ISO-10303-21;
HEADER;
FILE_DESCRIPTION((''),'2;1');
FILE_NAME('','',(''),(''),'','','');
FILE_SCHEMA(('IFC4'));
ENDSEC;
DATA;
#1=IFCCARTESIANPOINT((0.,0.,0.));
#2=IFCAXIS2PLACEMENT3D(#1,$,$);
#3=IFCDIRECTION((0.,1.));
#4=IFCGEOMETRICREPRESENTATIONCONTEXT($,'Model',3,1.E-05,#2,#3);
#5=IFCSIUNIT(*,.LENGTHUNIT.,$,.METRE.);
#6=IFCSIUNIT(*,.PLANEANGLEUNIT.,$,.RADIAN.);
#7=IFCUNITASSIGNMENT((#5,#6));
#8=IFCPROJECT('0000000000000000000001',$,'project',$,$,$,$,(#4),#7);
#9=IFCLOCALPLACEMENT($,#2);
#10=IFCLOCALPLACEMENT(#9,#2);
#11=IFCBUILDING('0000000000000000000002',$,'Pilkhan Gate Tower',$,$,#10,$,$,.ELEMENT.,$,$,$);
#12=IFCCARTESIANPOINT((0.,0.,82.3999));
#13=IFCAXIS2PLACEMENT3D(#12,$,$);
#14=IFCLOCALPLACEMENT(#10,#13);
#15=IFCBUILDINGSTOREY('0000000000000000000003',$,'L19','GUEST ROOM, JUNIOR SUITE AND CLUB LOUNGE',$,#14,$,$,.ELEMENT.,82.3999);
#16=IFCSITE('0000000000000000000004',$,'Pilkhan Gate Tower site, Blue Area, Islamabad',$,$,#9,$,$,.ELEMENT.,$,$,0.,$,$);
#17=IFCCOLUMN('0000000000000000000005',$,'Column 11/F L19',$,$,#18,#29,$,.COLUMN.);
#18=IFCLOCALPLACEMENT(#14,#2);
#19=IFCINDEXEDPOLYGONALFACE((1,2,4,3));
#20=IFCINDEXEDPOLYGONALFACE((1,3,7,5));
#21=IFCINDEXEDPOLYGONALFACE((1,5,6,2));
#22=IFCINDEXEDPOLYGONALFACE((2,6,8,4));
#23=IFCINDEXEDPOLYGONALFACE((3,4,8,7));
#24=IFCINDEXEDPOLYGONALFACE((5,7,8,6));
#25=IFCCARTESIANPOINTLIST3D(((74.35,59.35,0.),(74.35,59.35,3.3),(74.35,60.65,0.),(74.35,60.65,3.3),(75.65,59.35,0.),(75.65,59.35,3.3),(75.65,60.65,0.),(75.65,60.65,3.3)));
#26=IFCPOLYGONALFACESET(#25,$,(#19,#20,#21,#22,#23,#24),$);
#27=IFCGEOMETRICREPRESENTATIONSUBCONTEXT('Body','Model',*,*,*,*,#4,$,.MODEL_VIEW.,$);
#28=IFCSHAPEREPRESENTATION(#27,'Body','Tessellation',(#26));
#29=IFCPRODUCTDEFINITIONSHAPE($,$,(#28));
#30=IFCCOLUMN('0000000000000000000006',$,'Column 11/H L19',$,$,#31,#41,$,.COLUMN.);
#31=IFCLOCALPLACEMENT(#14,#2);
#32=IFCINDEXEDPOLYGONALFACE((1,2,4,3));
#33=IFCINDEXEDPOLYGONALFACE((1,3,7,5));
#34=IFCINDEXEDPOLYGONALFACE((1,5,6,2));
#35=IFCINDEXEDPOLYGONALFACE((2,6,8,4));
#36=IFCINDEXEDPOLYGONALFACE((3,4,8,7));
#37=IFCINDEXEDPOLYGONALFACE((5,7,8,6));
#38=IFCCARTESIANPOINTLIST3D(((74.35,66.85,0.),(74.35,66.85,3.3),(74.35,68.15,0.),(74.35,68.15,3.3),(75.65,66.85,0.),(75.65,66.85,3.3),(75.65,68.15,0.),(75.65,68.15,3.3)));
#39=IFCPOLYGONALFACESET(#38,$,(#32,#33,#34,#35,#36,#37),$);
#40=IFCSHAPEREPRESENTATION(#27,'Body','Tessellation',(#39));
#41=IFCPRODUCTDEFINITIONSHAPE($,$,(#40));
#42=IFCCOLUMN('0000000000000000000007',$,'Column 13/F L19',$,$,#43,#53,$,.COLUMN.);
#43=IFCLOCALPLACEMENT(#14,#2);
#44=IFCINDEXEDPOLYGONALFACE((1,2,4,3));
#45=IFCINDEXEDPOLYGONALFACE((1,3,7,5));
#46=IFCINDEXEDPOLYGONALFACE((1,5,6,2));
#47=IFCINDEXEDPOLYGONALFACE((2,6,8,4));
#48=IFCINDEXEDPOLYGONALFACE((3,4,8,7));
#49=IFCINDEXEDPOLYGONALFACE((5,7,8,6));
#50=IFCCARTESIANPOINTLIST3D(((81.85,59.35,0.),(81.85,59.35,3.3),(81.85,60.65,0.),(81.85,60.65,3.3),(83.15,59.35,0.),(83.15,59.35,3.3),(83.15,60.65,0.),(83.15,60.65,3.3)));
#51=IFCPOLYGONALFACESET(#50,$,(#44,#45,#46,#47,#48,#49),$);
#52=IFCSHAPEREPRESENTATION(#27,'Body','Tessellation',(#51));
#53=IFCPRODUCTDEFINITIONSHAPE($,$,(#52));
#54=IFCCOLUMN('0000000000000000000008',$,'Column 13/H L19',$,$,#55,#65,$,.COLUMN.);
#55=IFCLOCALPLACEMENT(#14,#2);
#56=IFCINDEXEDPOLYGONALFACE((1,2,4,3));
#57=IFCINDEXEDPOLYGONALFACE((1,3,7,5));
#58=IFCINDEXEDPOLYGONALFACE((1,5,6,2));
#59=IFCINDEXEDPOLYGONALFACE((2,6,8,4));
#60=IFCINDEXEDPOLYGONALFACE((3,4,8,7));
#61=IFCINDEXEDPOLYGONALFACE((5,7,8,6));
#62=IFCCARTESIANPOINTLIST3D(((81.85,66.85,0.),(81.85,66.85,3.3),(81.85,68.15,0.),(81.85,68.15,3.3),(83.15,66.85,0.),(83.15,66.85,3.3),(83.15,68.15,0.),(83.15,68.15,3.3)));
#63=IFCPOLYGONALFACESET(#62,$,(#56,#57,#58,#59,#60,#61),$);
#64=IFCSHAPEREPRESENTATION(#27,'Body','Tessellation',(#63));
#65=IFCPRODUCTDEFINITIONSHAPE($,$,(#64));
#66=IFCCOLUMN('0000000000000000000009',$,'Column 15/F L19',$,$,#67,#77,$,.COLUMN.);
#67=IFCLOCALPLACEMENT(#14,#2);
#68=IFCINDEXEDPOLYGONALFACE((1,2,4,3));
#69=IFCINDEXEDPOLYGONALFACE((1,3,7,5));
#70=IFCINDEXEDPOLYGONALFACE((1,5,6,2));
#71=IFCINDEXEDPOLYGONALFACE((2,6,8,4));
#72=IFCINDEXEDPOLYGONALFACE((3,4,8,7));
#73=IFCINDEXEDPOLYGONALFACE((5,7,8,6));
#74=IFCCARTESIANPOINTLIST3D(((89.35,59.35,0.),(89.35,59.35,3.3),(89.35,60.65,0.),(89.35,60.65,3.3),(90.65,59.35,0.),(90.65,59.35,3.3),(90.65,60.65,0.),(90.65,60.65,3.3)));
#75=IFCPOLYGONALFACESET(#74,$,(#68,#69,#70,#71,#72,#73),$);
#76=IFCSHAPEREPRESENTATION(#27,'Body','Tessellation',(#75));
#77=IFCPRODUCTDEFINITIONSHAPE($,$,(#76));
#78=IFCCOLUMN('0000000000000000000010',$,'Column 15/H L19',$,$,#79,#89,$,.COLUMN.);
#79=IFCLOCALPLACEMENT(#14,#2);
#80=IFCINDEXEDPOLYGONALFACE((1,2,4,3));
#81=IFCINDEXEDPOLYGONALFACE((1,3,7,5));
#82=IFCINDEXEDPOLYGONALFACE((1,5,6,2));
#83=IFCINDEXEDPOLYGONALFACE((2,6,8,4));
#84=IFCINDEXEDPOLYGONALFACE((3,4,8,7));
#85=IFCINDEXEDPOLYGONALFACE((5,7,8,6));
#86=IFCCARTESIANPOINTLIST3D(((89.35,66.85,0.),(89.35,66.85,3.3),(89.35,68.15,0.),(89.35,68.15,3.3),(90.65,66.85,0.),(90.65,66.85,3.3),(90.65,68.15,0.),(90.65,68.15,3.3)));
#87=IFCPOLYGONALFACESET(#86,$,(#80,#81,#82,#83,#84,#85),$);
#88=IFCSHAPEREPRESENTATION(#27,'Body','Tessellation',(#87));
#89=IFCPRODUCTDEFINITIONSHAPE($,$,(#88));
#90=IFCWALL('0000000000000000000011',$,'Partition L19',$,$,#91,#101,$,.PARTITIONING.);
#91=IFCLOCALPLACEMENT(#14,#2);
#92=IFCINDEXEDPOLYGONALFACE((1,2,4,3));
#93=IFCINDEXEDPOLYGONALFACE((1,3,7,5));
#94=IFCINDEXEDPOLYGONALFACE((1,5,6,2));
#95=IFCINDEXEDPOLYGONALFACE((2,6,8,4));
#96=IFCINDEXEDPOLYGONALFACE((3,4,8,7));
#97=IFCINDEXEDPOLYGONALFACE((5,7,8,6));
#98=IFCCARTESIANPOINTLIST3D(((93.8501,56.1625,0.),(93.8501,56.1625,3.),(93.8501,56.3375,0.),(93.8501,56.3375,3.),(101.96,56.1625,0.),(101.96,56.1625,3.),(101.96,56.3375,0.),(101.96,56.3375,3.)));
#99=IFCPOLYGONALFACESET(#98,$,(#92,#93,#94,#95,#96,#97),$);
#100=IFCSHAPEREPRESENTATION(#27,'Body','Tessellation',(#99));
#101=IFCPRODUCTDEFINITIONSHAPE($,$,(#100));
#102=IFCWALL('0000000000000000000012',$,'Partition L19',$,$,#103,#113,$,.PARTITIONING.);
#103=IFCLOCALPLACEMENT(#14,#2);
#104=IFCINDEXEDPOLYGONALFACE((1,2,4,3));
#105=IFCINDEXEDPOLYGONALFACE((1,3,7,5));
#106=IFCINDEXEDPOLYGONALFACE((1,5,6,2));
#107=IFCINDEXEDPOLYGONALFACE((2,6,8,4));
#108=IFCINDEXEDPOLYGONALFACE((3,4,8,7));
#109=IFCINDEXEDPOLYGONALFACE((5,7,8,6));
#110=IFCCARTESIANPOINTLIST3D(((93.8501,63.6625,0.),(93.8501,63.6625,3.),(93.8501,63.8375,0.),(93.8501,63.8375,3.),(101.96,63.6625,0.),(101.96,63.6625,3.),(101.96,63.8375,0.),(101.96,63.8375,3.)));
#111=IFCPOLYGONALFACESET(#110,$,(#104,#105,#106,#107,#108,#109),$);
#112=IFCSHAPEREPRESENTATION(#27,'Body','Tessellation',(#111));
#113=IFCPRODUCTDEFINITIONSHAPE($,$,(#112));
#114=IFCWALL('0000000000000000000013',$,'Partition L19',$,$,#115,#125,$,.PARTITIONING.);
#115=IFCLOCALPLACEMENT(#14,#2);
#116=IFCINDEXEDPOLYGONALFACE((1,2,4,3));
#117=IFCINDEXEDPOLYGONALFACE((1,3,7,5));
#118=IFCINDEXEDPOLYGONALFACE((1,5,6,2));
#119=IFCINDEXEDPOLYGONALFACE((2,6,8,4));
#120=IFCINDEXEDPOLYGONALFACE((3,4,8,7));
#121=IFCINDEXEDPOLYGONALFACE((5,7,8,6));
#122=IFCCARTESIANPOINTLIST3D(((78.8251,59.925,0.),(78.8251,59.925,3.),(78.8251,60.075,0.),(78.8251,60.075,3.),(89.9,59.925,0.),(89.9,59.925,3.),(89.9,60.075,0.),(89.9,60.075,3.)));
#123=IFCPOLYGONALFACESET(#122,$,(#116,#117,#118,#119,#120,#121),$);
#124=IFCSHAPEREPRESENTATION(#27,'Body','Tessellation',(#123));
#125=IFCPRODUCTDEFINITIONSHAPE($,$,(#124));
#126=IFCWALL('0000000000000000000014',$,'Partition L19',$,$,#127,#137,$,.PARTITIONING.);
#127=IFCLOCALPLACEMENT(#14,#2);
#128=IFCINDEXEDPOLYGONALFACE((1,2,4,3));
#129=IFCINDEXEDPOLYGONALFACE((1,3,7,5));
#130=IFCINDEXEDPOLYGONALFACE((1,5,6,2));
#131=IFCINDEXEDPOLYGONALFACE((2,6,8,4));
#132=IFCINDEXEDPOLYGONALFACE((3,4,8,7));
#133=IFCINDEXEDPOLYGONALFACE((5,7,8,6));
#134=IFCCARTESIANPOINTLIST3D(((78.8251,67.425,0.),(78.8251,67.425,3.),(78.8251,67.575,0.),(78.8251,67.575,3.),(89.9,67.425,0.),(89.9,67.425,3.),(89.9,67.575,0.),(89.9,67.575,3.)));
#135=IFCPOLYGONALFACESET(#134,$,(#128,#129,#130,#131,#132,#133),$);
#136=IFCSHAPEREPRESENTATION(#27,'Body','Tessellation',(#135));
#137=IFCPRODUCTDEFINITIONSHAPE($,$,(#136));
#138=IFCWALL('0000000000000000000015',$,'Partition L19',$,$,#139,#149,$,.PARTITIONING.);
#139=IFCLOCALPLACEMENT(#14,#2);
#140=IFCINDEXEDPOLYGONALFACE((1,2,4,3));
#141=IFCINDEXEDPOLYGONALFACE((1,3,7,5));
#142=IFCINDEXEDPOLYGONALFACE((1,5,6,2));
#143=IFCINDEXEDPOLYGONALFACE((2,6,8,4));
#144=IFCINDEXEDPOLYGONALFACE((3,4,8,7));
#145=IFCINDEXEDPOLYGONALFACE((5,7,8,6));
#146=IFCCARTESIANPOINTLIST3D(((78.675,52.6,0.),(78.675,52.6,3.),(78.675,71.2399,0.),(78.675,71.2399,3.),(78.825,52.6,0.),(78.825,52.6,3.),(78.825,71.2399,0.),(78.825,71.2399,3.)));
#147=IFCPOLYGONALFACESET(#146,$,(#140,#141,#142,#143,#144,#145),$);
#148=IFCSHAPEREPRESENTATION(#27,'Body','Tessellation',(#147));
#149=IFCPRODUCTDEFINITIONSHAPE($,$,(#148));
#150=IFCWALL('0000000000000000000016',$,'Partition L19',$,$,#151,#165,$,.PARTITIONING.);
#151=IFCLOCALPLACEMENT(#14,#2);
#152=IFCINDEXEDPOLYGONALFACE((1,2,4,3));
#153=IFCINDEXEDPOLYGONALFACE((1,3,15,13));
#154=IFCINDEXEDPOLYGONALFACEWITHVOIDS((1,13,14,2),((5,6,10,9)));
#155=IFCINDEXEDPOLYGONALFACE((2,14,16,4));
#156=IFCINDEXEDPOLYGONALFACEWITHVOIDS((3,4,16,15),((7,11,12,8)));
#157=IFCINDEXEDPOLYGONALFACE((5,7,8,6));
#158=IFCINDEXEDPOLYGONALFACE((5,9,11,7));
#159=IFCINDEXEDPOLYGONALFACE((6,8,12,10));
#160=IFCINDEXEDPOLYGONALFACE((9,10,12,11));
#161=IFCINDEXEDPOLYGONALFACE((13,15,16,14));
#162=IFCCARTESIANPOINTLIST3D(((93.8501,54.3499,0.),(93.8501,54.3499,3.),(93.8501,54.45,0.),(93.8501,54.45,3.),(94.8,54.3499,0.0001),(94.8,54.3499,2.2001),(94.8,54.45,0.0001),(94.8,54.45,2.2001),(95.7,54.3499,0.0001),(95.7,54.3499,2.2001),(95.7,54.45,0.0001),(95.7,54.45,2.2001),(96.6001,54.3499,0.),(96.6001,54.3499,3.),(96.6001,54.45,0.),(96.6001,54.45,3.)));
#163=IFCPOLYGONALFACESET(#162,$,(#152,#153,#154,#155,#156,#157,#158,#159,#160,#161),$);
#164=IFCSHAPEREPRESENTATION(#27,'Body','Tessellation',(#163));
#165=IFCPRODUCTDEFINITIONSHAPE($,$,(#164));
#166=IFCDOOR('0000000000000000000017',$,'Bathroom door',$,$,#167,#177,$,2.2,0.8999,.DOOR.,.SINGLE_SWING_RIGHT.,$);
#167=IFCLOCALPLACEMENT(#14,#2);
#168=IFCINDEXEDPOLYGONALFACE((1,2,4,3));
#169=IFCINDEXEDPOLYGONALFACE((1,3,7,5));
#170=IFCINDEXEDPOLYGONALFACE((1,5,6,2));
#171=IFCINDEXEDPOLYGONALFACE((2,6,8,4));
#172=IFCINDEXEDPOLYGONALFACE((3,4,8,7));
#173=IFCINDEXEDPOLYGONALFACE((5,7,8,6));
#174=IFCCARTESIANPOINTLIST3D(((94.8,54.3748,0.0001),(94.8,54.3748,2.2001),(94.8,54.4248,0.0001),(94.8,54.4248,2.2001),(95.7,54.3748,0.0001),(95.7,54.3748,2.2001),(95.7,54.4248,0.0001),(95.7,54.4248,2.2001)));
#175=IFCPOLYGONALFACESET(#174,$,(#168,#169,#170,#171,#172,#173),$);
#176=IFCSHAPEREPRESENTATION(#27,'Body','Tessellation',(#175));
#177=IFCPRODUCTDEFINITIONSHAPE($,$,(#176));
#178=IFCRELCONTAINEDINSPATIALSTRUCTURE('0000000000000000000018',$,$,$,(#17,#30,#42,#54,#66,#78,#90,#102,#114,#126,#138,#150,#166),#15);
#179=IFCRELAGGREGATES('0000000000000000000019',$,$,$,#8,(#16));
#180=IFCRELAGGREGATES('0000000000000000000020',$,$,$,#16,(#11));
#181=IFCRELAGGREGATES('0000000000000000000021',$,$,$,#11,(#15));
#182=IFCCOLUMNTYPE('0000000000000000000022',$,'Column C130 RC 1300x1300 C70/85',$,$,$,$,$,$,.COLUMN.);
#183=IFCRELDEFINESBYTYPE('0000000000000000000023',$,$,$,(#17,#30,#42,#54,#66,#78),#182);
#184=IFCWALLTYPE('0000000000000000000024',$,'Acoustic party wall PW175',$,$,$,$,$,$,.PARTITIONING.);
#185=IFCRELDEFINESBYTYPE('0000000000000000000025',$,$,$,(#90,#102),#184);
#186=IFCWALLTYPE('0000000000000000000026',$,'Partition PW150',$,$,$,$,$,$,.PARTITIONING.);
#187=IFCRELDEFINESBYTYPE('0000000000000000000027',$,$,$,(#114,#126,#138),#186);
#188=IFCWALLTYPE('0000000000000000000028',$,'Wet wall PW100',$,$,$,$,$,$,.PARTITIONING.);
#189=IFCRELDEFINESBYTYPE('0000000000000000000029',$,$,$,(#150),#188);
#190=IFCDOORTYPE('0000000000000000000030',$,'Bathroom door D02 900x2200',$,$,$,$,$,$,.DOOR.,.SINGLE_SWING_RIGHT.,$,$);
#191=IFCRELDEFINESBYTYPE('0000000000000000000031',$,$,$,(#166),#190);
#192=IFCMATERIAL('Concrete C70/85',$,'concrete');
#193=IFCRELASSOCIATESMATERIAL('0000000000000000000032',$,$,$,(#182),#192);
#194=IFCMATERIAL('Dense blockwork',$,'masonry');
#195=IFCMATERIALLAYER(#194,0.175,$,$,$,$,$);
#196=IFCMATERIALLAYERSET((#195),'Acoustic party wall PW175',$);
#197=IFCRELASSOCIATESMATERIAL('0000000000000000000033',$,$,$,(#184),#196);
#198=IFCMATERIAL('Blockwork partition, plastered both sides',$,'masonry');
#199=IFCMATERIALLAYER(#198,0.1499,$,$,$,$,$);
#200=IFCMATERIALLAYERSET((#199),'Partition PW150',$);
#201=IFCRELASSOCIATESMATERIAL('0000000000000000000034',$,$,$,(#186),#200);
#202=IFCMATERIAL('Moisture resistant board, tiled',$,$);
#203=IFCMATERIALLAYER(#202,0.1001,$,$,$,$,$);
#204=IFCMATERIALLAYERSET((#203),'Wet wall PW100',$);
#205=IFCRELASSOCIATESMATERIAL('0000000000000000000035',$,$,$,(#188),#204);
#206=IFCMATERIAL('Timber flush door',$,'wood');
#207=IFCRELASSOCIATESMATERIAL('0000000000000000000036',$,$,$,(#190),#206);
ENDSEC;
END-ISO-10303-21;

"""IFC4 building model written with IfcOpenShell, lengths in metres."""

from ifc_helpers import new_model, si_unit, direction, frame, frame_2d, origin, origin_2d, place, context, subcontext, project, spatial, rectangle, extrude, material, layer, layer_set, material_profile, profile_set, type_object, element, fill, save


model = new_model("IFC4")

# Units and contexts
model_context = context("Model", 3, precision=1e-05, world=origin(), true_north=direction((0.0, 1.0)))
body_context = subcontext(model_context, "Body", "Model", "MODEL_VIEW")
ifc_project = project(units=[si_unit("LENGTHUNIT", "METRE"), si_unit("PLANEANGLEUNIT", "RADIAN")], contexts=[model_context])

# Site, building, storey
site_placement = place(None, origin())
site = spatial("IfcSite", under=ifc_project, at=site_placement, Name="Pilkhan Gate Tower site, Blue Area, Islamabad", CompositionType="ELEMENT", RefElevation=0.0)
building_placement = place(site_placement, origin())
building = spatial("IfcBuilding", under=site, at=building_placement, Name="Pilkhan Gate Tower", CompositionType="ELEMENT")
storey_placement = place(building_placement, frame((0.0, 0.0, 82.3999)))
storey = spatial("IfcBuildingStorey", under=building, at=storey_placement, Name="L19", Description="GUEST ROOM, JUNIOR SUITE AND CLUB LOUNGE", CompositionType="ELEMENT", Elevation=82.3999)

# Columns
ifc_material_1 = material(Name="Concrete C70/85", Category="concrete")
ifc_material_profile = material_profile(ifc_material_1, rectangle(XDim=1.3, YDim=1.3, at=origin_2d()), Name="RC 1300x1300")
ifc_profile_set = profile_set([ifc_material_profile], Name="Concrete C70/85")
column_type = type_object("IfcColumnType", Name="Column C130 RC 1300x1300 C70/85", PredefinedType="COLUMN", material=ifc_profile_set)
for number, where, z_axis, x_axis, name in (
    (1, (75.0, 60.0, 0.0), (0.0, 0.0, 1.0), (1.0, 0.0, 0.0), "Column 11/F L19"),
    (2, (75.0, 67.5, 0.0), (0.0, 0.0, 1.0), (1.0, 0.0, 0.0), "Column 11/H L19"),
    (3, (82.5, 60.0, 0.0), (0.0, 0.0, 1.0), (1.0, 0.0, 0.0), "Column 13/F L19"),
    (4, (82.5, 67.5, 0.0), (0.0, 0.0, 1.0), (1.0, 0.0, 0.0), "Column 13/H L19"),
    (5, (90.0, 60.0, 0.0), (0.0, 0.0, 1.0), (1.0, 0.0, 0.0), "Column 15/F L19"),
    (6, (90.0, 67.5, 0.0), (0.0, 0.0, 1.0), (1.0, 0.0, 0.0), "Column 15/H L19"),
):
    element("IfcColumn", number, at=place(storey_placement, frame(where, z_axis=z_axis, x_axis=x_axis)), inside=storey, type_object=column_type, Name=name, PredefinedType="COLUMN", context=body_context, shape_type="SweptSolid", body=[
        extrude(rectangle(XDim=1.3, YDim=1.3, at=origin_2d()), origin(), (0.0, 0.0, 1.0), 3.3),
    ])

# Walls
ifc_material_2 = material(Name="Dense blockwork", Category="masonry")
ifc_layer_1 = layer(ifc_material_2, 0.175)
ifc_layer_set_1 = layer_set([ifc_layer_1], Name="Acoustic party wall PW175")
wall_type_1 = type_object("IfcWallType", Name="Acoustic party wall PW175", PredefinedType="PARTITIONING", material=ifc_layer_set_1)
for number, where, z_axis, x_axis, name in (
    (7, (93.8501, 56.25, 0.0), (0.0, 0.0, 1.0), (1.0, 0.0, 0.0), "Partition L19"),
    (8, (93.8501, 63.75, 0.0), (0.0, 0.0, 1.0), (1.0, 0.0, 0.0), "Partition L19"),
):
    element("IfcWall", number, at=place(storey_placement, frame(where, z_axis=z_axis, x_axis=x_axis)), inside=storey, type_object=wall_type_1, Name=name, PredefinedType="PARTITIONING", context=body_context, shape_type="SweptSolid", body=[
        extrude(rectangle(XDim=8.1099, YDim=0.175, at=frame_2d((4.0549, 0.0))), origin(), (0.0, 0.0, 1.0), 3.0),
    ])
ifc_material_3 = material(Name="Blockwork partition, plastered both sides", Category="masonry")
ifc_layer_2 = layer(ifc_material_3, 0.1499)
ifc_layer_set_2 = layer_set([ifc_layer_2], Name="Partition PW150")
wall_type_2 = type_object("IfcWallType", Name="Partition PW150", PredefinedType="PARTITIONING", material=ifc_layer_set_2)
for number, where, z_axis, x_axis, name in (
    (9, (78.825, 60.0, 0.0), (0.0, 0.0, 1.0), (1.0, 0.0, 0.0), "Partition L19"),
    (10, (78.825, 67.5, 0.0), (0.0, 0.0, 1.0), (1.0, 0.0, 0.0), "Partition L19"),
):
    element("IfcWall", number, at=place(storey_placement, frame(where, z_axis=z_axis, x_axis=x_axis)), inside=storey, type_object=wall_type_2, Name=name, PredefinedType="PARTITIONING", context=body_context, shape_type="SweptSolid", body=[
        extrude(rectangle(XDim=11.075, YDim=0.1499, at=frame_2d((5.5376, 0.0))), origin(), (0.0, 0.0, 1.0), 3.0),
    ])
wall_1_placement = place(storey_placement, frame((78.75, 52.6001, 0.0), z_axis=(0.0, 0.0, 1.0), x_axis=(0.0, 1.0, 0.0)))
element("IfcWall", 11, at=wall_1_placement, inside=storey, type_object=wall_type_2, Name="Partition L19", PredefinedType="PARTITIONING", context=body_context, shape_type="SweptSolid", body=[
    extrude(rectangle(XDim=18.6399, YDim=0.1499, at=frame_2d((9.3198, 0.0))), origin(), (0.0, 0.0, 1.0), 3.0),
])

# Wall, opening, door
ifc_material_4 = material(Name="Moisture resistant board, tiled")
ifc_layer_3 = layer(ifc_material_4, 0.1001)
ifc_layer_set_3 = layer_set([ifc_layer_3], Name="Wet wall PW100")
wall_type_3 = type_object("IfcWallType", Name="Wet wall PW100", PredefinedType="PARTITIONING", material=ifc_layer_set_3)
wall_2_placement = place(storey_placement, frame((93.8501, 54.3999, 0.0), z_axis=(0.0, 0.0, 1.0), x_axis=(1.0, 0.0, 0.0)))
wall_2 = element("IfcWall", 12, at=wall_2_placement, inside=storey, type_object=wall_type_3, Name="Partition L19", PredefinedType="PARTITIONING", context=body_context, shape_type="SweptSolid", body=[
    extrude(rectangle(XDim=2.75, YDim=0.1001, at=frame_2d((1.375, 0.0))), origin(), (0.0, 0.0, 1.0), 3.0),
])
opening_1_placement = place(wall_2_placement, frame((0.95, 0.0, 0.0)))
opening_1 = element("IfcOpeningElement", 13, at=opening_1_placement, cuts=wall_2, PredefinedType="OPENING", context=body_context, shape_type="SweptSolid", body=[
    extrude(rectangle(XDim=0.8999, YDim=2.2, at=frame_2d((0.45, 1.1001))), frame((0.0, 0.0601, 0.0), z_axis=(0.0, -1.0, 0.0), x_axis=(1.0, 0.0, 0.0)), (0.0, 0.0, 1.0), 0.1201),
])
ifc_material_5 = material(Name="Timber flush door", Category="wood")
door_type = type_object("IfcDoorType", Name="Bathroom door D02 900x2200", OperationType="SINGLE_SWING_RIGHT", PredefinedType="DOOR", material=ifc_material_5)
door_1_placement = place(opening_1_placement, origin())
door_1 = element("IfcDoor", 14, at=door_1_placement, inside=storey, type_object=door_type, Name="Bathroom door", OperationType="SINGLE_SWING_RIGHT", OverallHeight=2.2, OverallWidth=0.8999, PredefinedType="DOOR", context=body_context, shape_type="SweptSolid", body=[
    extrude(rectangle(XDim=0.8999, YDim=2.2, at=frame_2d((0.45, 1.1001))), frame((0.0, 0.0249, 0.0), z_axis=(0.0, -1.0, 0.0), x_axis=(1.0, 0.0, 0.0)), (0.0, 0.0, 1.0), 0.05),
])
fill(opening_1, door_1)

save(model, "model.ifc")
